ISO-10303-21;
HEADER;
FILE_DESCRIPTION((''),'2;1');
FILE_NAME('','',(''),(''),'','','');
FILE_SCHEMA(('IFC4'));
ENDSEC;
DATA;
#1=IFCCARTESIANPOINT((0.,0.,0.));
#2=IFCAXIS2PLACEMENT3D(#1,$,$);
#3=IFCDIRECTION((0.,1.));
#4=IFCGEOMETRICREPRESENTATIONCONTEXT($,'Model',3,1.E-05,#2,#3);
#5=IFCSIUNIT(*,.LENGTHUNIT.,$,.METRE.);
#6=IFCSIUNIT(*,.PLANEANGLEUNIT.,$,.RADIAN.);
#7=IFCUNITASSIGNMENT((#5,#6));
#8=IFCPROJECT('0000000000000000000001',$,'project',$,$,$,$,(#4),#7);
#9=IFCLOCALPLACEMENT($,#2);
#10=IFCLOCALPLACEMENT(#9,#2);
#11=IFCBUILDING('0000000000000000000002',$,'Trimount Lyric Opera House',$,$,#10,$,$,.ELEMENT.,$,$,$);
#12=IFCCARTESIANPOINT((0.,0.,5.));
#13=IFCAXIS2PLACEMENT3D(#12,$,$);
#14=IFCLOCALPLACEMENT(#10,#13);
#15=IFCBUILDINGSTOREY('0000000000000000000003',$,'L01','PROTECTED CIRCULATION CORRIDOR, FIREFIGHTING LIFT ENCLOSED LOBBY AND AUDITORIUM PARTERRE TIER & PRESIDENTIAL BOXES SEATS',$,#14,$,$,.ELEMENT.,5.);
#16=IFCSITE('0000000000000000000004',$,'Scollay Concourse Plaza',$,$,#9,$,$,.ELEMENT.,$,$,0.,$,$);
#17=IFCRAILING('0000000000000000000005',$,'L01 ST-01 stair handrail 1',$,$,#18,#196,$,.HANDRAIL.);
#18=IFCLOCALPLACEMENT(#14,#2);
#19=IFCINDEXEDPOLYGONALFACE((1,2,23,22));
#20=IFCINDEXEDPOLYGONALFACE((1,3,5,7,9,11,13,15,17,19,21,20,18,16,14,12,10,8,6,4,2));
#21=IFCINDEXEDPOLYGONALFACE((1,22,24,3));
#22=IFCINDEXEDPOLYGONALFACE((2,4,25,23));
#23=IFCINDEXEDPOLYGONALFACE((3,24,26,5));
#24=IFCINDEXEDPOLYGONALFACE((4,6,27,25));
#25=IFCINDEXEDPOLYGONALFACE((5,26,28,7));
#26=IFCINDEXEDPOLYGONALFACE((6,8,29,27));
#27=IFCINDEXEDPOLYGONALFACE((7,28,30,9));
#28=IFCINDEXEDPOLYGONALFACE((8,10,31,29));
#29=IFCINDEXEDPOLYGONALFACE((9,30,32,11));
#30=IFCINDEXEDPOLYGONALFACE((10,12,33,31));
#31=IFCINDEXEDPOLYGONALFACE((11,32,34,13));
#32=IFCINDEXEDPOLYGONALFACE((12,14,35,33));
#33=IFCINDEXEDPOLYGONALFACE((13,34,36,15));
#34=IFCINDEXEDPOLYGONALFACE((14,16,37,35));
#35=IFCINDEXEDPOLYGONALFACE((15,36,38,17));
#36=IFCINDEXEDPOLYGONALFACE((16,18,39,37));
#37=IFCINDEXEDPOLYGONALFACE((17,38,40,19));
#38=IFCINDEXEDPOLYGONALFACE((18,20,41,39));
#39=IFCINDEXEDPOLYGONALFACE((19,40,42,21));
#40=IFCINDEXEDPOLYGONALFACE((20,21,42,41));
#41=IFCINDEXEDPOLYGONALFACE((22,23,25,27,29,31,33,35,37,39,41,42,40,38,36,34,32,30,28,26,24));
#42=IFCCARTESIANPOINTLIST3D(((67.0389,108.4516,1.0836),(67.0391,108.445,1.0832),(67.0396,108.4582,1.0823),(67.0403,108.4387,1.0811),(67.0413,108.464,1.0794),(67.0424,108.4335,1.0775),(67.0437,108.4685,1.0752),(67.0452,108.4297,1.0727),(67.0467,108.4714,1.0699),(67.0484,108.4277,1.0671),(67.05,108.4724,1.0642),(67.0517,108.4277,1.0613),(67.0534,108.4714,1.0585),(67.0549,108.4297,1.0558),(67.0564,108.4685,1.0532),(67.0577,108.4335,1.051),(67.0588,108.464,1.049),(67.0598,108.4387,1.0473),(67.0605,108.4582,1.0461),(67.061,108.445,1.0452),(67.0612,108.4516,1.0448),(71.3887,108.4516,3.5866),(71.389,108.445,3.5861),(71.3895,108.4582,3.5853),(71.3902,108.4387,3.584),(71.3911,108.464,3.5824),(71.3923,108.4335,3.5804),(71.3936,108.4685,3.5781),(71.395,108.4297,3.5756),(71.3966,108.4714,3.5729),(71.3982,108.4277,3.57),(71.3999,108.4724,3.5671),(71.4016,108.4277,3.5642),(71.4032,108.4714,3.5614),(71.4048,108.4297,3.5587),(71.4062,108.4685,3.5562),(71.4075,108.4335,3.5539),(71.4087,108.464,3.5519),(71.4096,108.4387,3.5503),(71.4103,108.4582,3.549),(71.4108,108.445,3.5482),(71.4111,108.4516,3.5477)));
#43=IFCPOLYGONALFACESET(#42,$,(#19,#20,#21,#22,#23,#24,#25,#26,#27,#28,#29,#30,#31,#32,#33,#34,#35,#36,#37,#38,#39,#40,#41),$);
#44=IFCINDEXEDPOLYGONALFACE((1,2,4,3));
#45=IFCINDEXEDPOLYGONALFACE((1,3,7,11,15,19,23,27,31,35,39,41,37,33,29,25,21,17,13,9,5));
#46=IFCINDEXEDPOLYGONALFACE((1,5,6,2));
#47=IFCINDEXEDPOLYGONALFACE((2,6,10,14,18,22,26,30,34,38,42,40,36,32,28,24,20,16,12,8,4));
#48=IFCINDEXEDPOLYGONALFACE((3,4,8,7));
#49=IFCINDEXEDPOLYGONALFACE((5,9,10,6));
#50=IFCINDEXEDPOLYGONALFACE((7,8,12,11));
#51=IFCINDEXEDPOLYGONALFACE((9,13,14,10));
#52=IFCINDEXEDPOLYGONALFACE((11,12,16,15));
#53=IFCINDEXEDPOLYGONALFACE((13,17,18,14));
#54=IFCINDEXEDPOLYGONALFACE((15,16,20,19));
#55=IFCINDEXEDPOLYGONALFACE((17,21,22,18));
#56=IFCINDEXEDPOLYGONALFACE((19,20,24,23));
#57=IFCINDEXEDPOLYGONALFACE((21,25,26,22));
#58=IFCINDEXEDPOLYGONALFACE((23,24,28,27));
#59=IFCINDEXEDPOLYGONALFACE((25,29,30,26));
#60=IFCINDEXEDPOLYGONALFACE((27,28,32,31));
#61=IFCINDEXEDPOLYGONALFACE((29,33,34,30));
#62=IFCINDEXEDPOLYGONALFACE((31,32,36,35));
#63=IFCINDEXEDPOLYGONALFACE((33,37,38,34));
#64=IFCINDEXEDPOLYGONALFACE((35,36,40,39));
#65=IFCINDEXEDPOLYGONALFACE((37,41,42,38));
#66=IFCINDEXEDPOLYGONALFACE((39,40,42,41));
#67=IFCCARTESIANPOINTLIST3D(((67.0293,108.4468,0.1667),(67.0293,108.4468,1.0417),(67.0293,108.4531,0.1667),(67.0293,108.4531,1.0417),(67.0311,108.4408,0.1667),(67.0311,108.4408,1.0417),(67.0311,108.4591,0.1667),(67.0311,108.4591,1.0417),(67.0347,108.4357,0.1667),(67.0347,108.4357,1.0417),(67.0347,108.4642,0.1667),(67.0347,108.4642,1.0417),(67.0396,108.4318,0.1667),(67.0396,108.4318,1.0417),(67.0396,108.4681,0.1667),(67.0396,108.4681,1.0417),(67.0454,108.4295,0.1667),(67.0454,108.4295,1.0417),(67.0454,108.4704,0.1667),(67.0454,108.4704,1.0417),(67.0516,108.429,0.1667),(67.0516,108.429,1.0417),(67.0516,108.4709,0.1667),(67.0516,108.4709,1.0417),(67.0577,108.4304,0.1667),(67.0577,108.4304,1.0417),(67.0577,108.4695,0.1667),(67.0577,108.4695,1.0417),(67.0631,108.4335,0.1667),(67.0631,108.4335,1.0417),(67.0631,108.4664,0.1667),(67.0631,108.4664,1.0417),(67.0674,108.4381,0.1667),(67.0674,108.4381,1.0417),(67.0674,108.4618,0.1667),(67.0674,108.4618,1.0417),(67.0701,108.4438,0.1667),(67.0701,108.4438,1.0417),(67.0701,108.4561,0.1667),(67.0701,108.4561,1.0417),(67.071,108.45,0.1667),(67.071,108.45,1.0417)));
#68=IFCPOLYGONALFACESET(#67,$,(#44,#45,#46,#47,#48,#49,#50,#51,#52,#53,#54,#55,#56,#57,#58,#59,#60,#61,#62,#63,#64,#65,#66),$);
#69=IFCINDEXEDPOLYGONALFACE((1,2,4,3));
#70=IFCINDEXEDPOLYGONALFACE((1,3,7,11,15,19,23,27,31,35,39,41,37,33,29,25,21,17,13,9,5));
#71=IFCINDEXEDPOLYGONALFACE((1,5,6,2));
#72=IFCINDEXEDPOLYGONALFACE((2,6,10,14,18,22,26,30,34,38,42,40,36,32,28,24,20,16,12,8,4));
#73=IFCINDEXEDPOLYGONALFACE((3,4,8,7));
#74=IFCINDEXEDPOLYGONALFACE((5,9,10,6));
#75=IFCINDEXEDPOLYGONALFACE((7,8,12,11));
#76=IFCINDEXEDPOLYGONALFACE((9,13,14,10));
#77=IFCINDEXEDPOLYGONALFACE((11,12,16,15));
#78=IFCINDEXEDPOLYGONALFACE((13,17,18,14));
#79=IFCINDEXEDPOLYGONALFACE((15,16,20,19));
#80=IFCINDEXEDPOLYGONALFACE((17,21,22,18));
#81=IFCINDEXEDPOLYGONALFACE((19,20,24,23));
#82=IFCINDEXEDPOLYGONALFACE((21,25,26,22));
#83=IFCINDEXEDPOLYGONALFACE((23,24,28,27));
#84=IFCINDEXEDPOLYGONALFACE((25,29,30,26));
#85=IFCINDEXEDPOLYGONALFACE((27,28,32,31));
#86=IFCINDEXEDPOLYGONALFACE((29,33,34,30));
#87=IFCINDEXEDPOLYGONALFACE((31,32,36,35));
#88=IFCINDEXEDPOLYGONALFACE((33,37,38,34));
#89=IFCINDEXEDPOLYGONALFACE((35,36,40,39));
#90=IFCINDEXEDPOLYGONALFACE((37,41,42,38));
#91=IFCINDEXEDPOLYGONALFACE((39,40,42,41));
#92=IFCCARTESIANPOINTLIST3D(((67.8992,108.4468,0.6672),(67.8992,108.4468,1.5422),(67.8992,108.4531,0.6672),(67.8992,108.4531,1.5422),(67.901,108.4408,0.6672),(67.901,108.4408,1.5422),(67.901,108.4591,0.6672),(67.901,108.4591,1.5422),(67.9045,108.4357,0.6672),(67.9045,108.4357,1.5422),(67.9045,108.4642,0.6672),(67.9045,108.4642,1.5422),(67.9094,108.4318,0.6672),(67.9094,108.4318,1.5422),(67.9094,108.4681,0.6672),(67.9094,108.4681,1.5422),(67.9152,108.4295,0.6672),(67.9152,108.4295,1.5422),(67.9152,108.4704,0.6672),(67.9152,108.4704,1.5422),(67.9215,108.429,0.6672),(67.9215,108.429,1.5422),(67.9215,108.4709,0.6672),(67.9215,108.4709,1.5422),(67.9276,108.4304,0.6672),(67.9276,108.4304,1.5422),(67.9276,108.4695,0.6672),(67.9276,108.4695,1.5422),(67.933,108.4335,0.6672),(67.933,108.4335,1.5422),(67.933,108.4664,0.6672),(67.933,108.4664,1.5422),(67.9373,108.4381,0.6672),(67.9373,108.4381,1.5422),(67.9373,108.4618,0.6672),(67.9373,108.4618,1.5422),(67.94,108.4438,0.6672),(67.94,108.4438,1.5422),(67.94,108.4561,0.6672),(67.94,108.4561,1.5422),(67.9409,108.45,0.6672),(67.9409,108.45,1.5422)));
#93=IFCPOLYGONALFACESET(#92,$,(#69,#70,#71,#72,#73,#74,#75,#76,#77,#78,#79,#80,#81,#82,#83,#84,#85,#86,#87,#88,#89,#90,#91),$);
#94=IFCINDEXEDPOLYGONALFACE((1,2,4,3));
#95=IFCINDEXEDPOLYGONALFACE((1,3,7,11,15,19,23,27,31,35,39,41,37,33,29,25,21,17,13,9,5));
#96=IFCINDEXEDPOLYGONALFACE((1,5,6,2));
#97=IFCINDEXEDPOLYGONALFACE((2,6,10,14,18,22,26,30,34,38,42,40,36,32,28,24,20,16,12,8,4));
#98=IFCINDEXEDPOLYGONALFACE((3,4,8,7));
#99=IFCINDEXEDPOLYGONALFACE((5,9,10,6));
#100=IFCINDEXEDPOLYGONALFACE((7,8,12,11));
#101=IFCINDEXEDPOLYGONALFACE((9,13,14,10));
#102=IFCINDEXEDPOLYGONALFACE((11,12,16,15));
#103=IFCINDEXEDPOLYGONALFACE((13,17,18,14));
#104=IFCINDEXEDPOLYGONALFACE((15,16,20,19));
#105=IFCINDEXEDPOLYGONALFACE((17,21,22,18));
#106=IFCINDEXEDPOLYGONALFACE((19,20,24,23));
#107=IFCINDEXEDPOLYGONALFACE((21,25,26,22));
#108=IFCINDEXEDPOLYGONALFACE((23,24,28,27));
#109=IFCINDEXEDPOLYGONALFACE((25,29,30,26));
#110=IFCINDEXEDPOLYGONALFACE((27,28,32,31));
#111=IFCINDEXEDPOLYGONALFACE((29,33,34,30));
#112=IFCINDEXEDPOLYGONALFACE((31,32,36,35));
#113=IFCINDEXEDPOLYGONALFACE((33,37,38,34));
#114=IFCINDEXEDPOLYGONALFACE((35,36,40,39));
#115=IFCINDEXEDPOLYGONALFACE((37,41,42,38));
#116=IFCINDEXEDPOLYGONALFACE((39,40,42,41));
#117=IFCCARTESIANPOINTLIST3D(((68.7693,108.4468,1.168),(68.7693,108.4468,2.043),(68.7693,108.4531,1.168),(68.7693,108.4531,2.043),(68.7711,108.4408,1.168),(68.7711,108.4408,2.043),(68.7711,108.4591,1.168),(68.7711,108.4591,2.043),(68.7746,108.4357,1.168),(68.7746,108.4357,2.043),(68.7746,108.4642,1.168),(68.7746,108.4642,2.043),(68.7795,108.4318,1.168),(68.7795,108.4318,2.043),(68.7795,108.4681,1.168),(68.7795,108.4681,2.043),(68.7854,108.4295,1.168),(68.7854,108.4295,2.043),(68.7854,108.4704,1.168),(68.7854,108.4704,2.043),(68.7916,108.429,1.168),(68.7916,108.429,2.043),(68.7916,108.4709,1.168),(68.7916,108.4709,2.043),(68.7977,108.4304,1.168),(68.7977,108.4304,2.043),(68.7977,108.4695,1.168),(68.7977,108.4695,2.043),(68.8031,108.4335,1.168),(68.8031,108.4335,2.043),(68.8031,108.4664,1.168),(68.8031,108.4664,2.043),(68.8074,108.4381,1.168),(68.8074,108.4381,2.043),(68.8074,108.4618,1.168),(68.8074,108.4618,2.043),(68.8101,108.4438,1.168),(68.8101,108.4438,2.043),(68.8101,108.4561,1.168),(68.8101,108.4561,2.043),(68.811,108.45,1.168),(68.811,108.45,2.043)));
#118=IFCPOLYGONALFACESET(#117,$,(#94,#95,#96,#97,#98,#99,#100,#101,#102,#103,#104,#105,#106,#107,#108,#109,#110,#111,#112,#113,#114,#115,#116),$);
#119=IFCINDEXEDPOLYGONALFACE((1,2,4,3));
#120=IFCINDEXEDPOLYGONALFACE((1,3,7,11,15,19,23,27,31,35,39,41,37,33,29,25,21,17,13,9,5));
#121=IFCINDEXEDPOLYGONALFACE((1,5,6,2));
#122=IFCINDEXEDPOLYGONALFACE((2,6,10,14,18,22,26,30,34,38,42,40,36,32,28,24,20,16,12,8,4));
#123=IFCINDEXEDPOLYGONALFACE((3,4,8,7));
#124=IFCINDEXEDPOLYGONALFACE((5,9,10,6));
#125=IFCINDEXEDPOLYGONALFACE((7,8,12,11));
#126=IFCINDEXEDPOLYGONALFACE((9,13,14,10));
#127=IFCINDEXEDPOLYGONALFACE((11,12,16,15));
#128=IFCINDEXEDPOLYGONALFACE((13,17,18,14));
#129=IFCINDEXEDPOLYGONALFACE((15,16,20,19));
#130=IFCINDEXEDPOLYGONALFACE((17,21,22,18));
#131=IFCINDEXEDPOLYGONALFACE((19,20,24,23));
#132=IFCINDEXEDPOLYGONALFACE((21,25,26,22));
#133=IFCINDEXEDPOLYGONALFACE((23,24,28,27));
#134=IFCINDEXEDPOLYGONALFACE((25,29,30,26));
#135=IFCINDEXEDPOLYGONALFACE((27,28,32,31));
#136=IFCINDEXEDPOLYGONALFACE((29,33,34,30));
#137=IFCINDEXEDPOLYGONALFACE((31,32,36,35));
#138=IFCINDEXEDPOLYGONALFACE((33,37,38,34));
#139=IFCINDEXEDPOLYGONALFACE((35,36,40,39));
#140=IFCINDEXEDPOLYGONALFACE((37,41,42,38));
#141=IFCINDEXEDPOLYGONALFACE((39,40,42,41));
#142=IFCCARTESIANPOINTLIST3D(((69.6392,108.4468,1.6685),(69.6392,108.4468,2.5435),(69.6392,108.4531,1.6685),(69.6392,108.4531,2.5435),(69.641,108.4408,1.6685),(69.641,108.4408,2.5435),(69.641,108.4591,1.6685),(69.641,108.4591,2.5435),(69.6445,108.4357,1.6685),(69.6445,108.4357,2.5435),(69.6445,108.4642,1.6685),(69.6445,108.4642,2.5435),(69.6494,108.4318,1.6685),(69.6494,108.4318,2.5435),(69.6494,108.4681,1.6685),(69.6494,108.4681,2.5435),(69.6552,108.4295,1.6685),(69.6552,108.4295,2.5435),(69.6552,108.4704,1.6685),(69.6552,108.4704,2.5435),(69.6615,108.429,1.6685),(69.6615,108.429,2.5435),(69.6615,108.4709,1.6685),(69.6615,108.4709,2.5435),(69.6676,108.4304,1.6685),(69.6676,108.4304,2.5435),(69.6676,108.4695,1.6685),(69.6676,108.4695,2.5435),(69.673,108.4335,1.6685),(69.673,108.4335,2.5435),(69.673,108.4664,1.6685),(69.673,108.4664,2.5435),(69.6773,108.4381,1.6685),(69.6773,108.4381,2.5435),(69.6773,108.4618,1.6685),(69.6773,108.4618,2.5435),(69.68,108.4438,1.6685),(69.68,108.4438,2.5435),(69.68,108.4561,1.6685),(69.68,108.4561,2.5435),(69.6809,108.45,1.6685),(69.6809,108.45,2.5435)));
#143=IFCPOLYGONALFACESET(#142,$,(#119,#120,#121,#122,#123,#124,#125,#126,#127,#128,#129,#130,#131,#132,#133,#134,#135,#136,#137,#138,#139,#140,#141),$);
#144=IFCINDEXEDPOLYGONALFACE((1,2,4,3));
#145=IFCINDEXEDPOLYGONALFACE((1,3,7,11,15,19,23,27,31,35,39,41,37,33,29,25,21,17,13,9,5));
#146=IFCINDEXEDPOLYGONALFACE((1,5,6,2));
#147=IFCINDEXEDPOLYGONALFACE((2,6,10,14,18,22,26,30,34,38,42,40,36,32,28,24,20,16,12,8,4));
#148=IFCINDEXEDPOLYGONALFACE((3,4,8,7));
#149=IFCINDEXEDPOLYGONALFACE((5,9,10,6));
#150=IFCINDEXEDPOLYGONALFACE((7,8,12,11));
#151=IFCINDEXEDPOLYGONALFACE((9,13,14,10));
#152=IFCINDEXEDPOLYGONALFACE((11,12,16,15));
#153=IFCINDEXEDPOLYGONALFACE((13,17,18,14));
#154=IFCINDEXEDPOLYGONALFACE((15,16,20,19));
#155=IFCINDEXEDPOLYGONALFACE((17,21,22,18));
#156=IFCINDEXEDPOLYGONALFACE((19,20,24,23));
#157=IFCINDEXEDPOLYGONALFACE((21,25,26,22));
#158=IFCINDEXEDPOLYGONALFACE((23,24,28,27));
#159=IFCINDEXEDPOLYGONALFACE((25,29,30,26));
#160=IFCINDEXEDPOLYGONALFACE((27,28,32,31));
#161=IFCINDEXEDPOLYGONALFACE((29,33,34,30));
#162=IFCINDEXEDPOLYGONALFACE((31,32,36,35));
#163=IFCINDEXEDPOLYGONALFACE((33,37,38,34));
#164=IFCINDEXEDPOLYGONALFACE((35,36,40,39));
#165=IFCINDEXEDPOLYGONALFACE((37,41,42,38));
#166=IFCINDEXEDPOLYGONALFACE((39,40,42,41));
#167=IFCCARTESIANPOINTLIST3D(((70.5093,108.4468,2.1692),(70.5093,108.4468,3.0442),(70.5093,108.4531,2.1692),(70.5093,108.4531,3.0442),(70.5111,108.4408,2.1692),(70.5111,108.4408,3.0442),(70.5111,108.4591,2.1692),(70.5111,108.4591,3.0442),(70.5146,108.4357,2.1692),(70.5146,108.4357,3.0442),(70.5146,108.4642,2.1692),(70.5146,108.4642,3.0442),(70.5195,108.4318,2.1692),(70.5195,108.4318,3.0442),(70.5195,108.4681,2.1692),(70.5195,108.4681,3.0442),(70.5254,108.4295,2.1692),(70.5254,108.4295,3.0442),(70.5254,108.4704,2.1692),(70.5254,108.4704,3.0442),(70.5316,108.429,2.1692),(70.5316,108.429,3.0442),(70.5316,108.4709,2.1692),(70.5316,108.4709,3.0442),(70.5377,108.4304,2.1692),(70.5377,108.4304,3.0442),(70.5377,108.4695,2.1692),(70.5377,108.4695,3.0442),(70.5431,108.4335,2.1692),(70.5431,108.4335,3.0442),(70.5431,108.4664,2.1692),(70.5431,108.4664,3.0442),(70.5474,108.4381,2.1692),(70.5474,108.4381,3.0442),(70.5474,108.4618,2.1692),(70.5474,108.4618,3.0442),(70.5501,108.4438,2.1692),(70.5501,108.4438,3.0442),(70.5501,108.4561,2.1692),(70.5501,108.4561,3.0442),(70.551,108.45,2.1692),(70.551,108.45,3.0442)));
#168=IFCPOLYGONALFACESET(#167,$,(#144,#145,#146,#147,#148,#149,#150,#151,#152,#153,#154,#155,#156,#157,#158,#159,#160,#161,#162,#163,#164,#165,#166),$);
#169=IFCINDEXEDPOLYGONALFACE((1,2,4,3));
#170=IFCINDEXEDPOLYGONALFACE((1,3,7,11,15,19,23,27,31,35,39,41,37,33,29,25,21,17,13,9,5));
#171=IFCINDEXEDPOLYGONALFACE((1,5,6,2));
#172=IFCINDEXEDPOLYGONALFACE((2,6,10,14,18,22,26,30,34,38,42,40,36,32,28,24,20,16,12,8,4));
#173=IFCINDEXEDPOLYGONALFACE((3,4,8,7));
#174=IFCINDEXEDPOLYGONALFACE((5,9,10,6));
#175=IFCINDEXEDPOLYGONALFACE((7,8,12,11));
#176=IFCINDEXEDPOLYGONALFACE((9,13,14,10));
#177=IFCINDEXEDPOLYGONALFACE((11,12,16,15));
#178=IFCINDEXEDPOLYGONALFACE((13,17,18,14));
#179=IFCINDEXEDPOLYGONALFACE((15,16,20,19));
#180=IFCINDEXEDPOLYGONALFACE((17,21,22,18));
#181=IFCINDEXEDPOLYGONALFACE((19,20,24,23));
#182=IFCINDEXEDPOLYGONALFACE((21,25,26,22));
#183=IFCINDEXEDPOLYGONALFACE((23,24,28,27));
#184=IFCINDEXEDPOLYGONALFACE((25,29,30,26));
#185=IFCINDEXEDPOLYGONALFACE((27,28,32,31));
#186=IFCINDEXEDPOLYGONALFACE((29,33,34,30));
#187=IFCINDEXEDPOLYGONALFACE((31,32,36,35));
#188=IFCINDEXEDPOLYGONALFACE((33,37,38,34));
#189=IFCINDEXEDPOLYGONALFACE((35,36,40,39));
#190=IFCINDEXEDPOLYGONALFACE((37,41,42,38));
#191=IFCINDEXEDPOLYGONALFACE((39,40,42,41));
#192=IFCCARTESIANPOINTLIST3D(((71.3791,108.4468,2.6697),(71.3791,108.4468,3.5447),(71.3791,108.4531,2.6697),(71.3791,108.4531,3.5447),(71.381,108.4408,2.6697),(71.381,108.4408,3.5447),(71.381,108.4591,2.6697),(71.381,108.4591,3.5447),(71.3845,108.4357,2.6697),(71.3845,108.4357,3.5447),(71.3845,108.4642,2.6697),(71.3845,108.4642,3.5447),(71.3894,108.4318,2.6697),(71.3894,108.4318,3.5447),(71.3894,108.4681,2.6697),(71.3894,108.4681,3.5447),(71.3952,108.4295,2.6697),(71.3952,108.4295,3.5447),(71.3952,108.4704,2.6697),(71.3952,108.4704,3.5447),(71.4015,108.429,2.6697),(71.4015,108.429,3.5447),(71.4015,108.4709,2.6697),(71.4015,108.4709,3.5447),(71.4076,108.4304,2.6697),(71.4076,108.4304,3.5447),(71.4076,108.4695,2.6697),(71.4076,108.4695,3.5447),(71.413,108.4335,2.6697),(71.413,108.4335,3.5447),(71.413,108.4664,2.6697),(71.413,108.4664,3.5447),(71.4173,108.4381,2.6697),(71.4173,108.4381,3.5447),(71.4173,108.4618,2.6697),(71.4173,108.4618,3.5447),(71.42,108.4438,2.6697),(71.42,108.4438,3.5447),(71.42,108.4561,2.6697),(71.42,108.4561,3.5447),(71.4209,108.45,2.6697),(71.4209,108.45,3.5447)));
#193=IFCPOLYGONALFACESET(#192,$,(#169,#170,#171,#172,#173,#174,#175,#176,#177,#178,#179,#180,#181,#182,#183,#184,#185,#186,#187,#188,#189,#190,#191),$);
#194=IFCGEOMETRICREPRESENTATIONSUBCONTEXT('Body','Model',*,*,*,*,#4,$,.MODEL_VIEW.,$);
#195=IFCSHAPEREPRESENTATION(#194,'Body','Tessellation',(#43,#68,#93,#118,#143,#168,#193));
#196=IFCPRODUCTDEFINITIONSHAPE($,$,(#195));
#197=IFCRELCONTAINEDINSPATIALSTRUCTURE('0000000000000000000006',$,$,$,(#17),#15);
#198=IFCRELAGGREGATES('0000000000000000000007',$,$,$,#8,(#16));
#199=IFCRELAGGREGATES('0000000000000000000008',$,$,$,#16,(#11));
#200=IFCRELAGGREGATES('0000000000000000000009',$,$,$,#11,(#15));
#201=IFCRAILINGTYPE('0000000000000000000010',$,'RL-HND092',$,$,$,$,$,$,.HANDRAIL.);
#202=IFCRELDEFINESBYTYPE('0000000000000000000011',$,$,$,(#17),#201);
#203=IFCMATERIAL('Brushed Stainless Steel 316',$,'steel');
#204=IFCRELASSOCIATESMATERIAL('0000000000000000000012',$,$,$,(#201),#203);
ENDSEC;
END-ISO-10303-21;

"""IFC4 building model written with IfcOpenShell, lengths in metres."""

from ifc_helpers import new_model, si_unit, direction, frame, origin, origin_2d, place, context, subcontext, project, spatial, circle, extrude, material, type_object, element, save


model = new_model("IFC4")

# Units and contexts
model_context = context("Model", 3, precision=1e-05, world=origin(), true_north=direction((0.0, 1.0)))
body_context = subcontext(model_context, "Body", "Model", "MODEL_VIEW")
ifc_project = project(units=[si_unit("LENGTHUNIT", "METRE"), si_unit("PLANEANGLEUNIT", "RADIAN")], contexts=[model_context])

# Site, building, storey
site_placement = place(None, origin())
site = spatial("IfcSite", under=ifc_project, at=site_placement, Name="Scollay Concourse Plaza", CompositionType="ELEMENT", RefElevation=0.0)
building_placement = place(site_placement, origin())
building = spatial("IfcBuilding", under=site, at=building_placement, Name="Trimount Lyric Opera House", CompositionType="ELEMENT")
storey_placement = place(building_placement, frame((0.0, 0.0, 5.0)))
storey = spatial("IfcBuildingStorey", under=building, at=storey_placement, Name="L01", Description="PROTECTED CIRCULATION CORRIDOR, FIREFIGHTING LIFT ENCLOSED LOBBY AND AUDITORIUM PARTERRE TIER & PRESIDENTIAL BOXES SEATS", CompositionType="ELEMENT", Elevation=5.0)

# Railing
ifc_material_1 = material(Name="Brushed Stainless Steel 316", Category="steel")
railing_type_1 = type_object("IfcRailingType", Name="RL-HND092", PredefinedType="HANDRAIL", material=ifc_material_1)
railing_1_placement = place(storey_placement, frame((67.05, 108.45, 0.1667)))
element("IfcRailing", 1, at=railing_1_placement, inside=storey, type_object=railing_type_1, Name="L01 ST-01 stair handrail 1", PredefinedType="HANDRAIL", context=body_context, shape_type="SweptSolid", body=[
    extrude(circle(Radius=0.0225, at=origin_2d()), frame((0.0, 0.0, 0.8975), z_axis=(0.866754, 0.0, 0.498735), x_axis=(0.0, 1.0, 0.0)), (0.0, 0.0, 1.0), 5.0186),
    extrude(circle(Radius=0.021, at=origin_2d()), origin(), (0.0, 0.0, 1.0), 0.875),
    extrude(circle(Radius=0.021, at=origin_2d()), frame((0.8699, 0.0, 0.5005)), (0.0, 0.0, 1.0), 0.875),
    extrude(circle(Radius=0.021, at=origin_2d()), frame((1.74, 0.0, 1.0012)), (0.0, 0.0, 1.0), 0.875),
    extrude(circle(Radius=0.021, at=origin_2d()), frame((2.6099, 0.0, 1.5017)), (0.0, 0.0, 1.0), 0.875),
    extrude(circle(Radius=0.021, at=origin_2d()), frame((3.48, 0.0, 2.0024)), (0.0, 0.0, 1.0), 0.875),
    extrude(circle(Radius=0.021, at=origin_2d()), frame((4.3499, 0.0, 2.5029)), (0.0, 0.0, 1.0), 0.875),
])

save(model, "model.ifc")
